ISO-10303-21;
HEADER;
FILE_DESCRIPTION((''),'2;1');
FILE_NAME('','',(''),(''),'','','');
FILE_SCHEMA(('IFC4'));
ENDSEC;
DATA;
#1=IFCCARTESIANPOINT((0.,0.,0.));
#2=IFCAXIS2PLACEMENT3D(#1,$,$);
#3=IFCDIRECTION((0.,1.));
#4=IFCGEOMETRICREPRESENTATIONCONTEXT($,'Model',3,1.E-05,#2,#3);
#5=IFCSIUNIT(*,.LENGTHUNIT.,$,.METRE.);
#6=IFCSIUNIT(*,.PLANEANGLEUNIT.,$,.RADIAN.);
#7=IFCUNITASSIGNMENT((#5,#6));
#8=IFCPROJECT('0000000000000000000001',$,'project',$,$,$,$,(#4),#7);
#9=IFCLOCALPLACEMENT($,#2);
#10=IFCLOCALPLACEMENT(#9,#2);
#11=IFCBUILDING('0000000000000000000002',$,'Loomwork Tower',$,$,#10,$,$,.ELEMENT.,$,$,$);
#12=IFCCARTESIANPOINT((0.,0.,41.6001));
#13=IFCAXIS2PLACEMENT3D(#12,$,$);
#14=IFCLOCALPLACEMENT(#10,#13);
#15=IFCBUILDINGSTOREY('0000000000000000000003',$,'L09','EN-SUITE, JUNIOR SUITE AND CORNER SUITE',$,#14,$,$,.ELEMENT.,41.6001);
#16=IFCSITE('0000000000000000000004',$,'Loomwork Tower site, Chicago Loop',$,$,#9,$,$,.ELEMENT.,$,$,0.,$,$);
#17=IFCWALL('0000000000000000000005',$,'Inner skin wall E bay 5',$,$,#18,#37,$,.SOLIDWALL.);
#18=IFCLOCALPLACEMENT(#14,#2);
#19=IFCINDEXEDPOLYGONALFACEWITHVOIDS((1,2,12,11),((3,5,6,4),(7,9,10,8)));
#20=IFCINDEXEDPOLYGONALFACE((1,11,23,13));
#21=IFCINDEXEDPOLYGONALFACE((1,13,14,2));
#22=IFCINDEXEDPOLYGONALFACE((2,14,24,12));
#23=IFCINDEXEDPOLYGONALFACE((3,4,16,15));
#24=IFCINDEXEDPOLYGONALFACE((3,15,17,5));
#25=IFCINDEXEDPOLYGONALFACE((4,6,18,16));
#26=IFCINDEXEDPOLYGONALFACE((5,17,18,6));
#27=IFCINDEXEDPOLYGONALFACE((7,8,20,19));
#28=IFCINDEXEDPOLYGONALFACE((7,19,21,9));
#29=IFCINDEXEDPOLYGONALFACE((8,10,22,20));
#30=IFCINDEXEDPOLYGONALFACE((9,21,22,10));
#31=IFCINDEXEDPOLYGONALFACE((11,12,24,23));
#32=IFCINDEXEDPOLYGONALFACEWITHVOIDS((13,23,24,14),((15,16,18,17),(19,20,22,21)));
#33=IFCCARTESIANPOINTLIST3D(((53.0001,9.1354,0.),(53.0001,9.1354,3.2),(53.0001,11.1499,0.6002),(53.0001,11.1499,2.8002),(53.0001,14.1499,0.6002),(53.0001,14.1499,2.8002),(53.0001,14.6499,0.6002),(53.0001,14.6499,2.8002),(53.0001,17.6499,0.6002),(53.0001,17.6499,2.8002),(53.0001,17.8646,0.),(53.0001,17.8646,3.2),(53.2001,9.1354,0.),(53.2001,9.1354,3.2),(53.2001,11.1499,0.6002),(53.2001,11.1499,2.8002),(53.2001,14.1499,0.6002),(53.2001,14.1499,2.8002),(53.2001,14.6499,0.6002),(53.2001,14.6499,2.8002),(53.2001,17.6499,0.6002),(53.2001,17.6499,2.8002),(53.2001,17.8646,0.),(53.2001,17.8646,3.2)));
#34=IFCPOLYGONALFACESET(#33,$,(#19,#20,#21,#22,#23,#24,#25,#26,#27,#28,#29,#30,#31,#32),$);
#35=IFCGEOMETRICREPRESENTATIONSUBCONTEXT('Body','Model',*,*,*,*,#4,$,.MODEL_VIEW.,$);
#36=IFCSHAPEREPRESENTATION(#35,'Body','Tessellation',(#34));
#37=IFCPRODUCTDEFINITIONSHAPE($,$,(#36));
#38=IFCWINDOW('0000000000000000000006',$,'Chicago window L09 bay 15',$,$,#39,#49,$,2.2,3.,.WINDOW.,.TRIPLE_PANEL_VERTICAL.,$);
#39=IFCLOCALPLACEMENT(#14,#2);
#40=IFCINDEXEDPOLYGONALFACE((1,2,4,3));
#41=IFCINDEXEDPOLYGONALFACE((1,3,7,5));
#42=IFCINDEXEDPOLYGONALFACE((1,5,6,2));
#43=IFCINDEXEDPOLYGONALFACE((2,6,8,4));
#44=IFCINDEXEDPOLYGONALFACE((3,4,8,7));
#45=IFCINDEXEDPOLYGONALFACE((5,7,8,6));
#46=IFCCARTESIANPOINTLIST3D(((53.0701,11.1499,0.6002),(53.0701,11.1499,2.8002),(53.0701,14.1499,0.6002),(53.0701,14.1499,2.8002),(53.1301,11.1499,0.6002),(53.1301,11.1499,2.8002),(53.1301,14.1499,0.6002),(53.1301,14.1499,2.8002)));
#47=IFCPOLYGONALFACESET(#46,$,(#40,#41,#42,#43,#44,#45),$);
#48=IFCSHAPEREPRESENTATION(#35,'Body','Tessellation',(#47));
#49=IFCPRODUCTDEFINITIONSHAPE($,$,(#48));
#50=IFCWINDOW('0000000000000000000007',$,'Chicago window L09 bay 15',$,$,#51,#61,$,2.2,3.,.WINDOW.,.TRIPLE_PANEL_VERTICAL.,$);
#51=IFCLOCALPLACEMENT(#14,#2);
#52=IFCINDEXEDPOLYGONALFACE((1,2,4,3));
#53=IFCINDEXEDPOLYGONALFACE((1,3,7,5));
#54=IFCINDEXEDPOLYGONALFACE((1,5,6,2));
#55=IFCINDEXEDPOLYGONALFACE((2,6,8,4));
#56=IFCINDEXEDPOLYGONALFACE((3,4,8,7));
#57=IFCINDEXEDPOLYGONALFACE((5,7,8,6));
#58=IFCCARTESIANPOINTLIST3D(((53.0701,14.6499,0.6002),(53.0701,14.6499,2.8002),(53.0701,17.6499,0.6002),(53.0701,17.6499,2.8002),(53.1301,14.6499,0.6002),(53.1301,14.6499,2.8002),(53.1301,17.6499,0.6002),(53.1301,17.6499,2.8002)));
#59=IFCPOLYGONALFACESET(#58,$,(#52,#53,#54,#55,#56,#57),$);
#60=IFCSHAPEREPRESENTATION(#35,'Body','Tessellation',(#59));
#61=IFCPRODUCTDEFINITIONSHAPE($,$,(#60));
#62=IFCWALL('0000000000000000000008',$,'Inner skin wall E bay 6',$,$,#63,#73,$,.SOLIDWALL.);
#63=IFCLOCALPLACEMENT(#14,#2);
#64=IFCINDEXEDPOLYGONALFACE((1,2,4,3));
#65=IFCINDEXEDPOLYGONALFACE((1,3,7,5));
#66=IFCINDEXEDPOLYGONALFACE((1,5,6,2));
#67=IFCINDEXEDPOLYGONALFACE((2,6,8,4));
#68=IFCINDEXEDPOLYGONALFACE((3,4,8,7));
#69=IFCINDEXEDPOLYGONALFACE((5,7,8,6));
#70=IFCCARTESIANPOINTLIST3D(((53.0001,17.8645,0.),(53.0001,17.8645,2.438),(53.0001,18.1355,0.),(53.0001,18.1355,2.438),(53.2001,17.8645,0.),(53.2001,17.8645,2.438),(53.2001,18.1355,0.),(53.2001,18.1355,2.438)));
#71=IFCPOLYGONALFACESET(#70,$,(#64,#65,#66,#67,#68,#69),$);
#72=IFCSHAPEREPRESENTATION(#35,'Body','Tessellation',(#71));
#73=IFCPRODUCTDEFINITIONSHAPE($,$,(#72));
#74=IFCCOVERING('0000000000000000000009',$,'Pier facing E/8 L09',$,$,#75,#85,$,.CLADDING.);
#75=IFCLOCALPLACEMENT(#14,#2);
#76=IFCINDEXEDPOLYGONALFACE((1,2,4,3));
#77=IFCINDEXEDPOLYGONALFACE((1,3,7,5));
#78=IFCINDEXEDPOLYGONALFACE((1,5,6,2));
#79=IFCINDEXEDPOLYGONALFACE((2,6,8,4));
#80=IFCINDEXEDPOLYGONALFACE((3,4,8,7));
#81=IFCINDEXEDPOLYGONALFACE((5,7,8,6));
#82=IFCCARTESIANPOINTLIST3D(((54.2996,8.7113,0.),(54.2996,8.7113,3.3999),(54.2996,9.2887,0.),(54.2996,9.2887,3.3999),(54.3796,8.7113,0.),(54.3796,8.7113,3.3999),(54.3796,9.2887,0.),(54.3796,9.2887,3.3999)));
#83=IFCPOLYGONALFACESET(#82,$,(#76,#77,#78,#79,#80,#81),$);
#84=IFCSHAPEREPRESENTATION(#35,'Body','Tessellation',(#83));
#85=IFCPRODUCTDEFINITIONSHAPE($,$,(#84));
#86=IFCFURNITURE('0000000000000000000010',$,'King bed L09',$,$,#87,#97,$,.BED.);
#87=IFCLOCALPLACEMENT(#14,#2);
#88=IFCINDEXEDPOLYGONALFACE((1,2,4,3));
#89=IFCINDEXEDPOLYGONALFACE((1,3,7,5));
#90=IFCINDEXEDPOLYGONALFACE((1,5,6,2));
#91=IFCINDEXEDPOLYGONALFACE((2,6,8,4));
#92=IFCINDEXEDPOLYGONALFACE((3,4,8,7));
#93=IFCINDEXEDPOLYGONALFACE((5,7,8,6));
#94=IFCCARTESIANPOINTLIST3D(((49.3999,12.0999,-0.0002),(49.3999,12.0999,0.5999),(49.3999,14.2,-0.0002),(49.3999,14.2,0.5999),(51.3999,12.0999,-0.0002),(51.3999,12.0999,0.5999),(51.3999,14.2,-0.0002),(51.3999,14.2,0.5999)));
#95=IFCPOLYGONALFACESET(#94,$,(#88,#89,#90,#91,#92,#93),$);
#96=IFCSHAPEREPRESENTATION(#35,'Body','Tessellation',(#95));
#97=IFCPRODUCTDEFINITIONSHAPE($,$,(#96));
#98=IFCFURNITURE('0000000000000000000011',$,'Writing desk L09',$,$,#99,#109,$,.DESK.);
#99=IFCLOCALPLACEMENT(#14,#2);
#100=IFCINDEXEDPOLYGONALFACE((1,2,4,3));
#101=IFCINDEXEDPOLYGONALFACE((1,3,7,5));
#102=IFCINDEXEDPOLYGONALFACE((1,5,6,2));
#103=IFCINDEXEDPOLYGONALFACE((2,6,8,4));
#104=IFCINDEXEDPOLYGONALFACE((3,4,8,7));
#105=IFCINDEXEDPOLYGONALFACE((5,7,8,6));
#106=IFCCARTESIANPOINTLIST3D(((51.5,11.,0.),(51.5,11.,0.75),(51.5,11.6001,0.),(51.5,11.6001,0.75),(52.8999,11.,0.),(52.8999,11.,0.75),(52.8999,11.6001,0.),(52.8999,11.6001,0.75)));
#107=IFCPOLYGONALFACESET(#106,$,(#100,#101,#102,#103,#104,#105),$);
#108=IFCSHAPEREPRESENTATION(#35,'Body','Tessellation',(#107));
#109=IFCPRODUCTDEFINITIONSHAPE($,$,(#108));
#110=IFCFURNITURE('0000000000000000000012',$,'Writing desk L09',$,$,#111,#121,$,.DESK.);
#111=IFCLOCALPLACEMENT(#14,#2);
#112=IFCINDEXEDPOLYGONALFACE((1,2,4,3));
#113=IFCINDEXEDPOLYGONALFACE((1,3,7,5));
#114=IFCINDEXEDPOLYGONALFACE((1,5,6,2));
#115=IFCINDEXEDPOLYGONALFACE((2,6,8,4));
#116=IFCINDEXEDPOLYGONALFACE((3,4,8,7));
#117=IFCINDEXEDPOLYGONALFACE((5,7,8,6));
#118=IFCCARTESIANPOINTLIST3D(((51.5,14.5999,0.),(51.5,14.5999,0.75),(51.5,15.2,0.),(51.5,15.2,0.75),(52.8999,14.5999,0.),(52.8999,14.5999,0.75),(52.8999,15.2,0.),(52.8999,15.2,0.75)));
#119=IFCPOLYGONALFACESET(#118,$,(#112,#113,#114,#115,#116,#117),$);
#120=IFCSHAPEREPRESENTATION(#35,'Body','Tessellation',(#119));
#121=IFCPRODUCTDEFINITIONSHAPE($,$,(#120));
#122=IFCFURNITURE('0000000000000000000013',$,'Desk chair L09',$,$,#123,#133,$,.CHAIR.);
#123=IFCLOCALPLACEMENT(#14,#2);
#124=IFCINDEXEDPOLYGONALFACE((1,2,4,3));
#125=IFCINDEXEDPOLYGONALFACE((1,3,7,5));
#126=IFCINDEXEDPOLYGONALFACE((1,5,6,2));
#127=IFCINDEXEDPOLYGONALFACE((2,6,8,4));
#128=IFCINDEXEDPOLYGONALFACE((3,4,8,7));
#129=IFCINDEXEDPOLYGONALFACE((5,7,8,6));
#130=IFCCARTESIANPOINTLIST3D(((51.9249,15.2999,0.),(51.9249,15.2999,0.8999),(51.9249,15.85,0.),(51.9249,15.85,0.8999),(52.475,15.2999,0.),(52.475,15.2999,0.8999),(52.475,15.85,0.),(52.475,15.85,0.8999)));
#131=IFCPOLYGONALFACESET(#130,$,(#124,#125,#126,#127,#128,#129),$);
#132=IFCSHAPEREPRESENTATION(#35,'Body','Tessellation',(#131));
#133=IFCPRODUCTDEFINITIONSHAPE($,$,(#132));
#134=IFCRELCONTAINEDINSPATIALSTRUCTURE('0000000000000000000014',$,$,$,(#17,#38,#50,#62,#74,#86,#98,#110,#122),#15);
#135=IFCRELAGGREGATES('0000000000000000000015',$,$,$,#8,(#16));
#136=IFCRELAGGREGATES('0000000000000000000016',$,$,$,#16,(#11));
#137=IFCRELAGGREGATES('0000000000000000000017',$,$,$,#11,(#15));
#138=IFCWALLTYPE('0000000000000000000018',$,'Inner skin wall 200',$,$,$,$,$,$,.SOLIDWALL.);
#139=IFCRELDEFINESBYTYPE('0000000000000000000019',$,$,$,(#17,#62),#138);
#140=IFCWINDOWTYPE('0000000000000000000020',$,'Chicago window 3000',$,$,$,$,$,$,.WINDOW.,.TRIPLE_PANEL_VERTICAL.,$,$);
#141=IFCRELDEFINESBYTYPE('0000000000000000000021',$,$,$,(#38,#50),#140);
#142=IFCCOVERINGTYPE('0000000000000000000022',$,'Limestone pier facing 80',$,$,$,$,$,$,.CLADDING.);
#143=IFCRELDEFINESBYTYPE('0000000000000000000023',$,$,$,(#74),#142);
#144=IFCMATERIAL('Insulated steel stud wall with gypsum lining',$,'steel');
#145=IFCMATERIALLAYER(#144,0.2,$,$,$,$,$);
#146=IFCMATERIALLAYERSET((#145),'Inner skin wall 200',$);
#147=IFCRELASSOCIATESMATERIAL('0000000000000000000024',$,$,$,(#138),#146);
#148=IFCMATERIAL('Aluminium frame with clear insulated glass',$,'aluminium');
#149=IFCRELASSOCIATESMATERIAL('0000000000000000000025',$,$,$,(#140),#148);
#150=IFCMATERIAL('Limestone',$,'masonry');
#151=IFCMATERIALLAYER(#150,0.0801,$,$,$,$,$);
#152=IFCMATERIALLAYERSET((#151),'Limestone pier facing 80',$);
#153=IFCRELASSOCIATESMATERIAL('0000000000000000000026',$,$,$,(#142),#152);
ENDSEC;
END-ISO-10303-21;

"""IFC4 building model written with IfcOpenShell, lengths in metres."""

from ifc_helpers import new_model, si_unit, direction, frame, frame_2d, origin, origin_2d, place, context, subcontext, project, spatial, rectangle, extrude, material, layer, layer_set, type_object, element, fill, save


model = new_model("IFC4")

# Units and contexts
model_context = context("Model", 3, precision=1e-05, world=origin(), true_north=direction((0.0, 1.0)))
body_context = subcontext(model_context, "Body", "Model", "MODEL_VIEW")
ifc_project = project(units=[si_unit("LENGTHUNIT", "METRE"), si_unit("PLANEANGLEUNIT", "RADIAN")], contexts=[model_context])

# Site, building, storey
site_placement = place(None, origin())
site = spatial("IfcSite", under=ifc_project, at=site_placement, Name="Loomwork Tower site, Chicago Loop", CompositionType="ELEMENT", RefElevation=0.0)
building_placement = place(site_placement, origin())
building = spatial("IfcBuilding", under=site, at=building_placement, Name="Loomwork Tower", CompositionType="ELEMENT")
storey_placement = place(building_placement, frame((0.0, 0.0, 41.6001)))
storey = spatial("IfcBuildingStorey", under=building, at=storey_placement, Name="L09", Description="EN-SUITE, JUNIOR SUITE AND CORNER SUITE", CompositionType="ELEMENT", Elevation=41.6001)

# Shared definitions
ifc_material_1 = material(Name="Insulated steel stud wall with gypsum lining", Category="steel")
ifc_layer_1 = layer(ifc_material_1, 0.2)
ifc_layer_set_1 = layer_set([ifc_layer_1], Name="Inner skin wall 200")
wall_type = type_object("IfcWallType", Name="Inner skin wall 200", PredefinedType="SOLIDWALL", material=ifc_layer_set_1)

# Wall, openings, windows
wall_1_placement = place(storey_placement, frame((53.1001, 9.1353, 0.0), z_axis=(0.0, 0.0, 1.0), x_axis=(0.0, 1.0, 0.0)))
wall_1 = element("IfcWall", 1, at=wall_1_placement, inside=storey, type_object=wall_type, Name="Inner skin wall E bay 5", PredefinedType="SOLIDWALL", context=body_context, shape_type="SweptSolid", body=[
    extrude(rectangle(XDim=8.7292, YDim=0.2, at=frame_2d((4.3647, 0.0))), origin(), (0.0, 0.0, 1.0), 3.2),
])
opening_1_placement = place(wall_1_placement, frame((2.0146, 0.0, 0.6001)))
opening_1 = element("IfcOpeningElement", 2, at=opening_1_placement, cuts=wall_1, PredefinedType="OPENING", context=body_context, shape_type="SweptSolid", body=[
    extrude(rectangle(XDim=3.0, YDim=2.2, at=frame_2d((1.5, 1.1001))), frame((0.0, 0.1099, 0.0), z_axis=(0.0, -1.0, 0.0), x_axis=(1.0, 0.0, 0.0)), (0.0, 0.0, 1.0), 0.22),
])
opening_2_placement = place(wall_1_placement, frame((5.5146, 0.0, 0.6001)))
opening_2 = element("IfcOpeningElement", 3, at=opening_2_placement, cuts=wall_1, PredefinedType="OPENING", context=body_context, shape_type="SweptSolid", body=[
    extrude(rectangle(XDim=3.0, YDim=2.2, at=frame_2d((1.5, 1.1001))), frame((0.0, 0.1099, 0.0), z_axis=(0.0, -1.0, 0.0), x_axis=(1.0, 0.0, 0.0)), (0.0, 0.0, 1.0), 0.22),
])
ifc_material_2 = material(Name="Aluminium frame with clear insulated glass", Category="aluminium")
window_type = type_object("IfcWindowType", Name="Chicago window 3000", PartitioningType="TRIPLE_PANEL_VERTICAL", PredefinedType="WINDOW", material=ifc_material_2)
window_1_placement = place(opening_1_placement, origin())
window_1 = element("IfcWindow", 4, at=window_1_placement, inside=storey, type_object=window_type, Name="Chicago window L09 bay 15", OverallHeight=2.2, OverallWidth=3.0, PartitioningType="TRIPLE_PANEL_VERTICAL", PredefinedType="WINDOW", context=body_context, shape_type="SweptSolid", body=[
    extrude(rectangle(XDim=3.0, YDim=2.2, at=frame_2d((1.5, 1.1001))), frame((0.0, 0.03, 0.0), z_axis=(0.0, -1.0, 0.0), x_axis=(1.0, 0.0, 0.0)), (0.0, 0.0, 1.0), 0.0601),
])
fill(opening_1, window_1)
window_2_placement = place(opening_2_placement, origin())
window_2 = element("IfcWindow", 5, at=window_2_placement, inside=storey, type_object=window_type, Name="Chicago window L09 bay 15", OverallHeight=2.2, OverallWidth=3.0, PartitioningType="TRIPLE_PANEL_VERTICAL", PredefinedType="WINDOW", context=body_context, shape_type="SweptSolid", body=[
    extrude(rectangle(XDim=3.0, YDim=2.2, at=frame_2d((1.5, 1.1001))), frame((0.0, 0.03, 0.0), z_axis=(0.0, -1.0, 0.0), x_axis=(1.0, 0.0, 0.0)), (0.0, 0.0, 1.0), 0.0601),
])
fill(opening_2, window_2)

# Wall
wall_2_placement = place(storey_placement, frame((53.1001, 17.8645, 0.0), z_axis=(0.0, 0.0, 1.0), x_axis=(0.0, 1.0, 0.0)))
element("IfcWall", 6, at=wall_2_placement, inside=storey, type_object=wall_type, Name="Inner skin wall E bay 6", PredefinedType="SOLIDWALL", context=body_context, shape_type="SweptSolid", body=[
    extrude(rectangle(XDim=0.271, YDim=0.2, at=frame_2d((0.1355, 0.0))), origin(), (0.0, 0.0, 1.0), 2.438),
])

# Covering
ifc_material_3 = material(Name="Limestone", Category="masonry")
ifc_layer_2 = layer(ifc_material_3, 0.0801)
ifc_layer_set_2 = layer_set([ifc_layer_2], Name="Limestone pier facing 80")
covering_type = type_object("IfcCoveringType", Name="Limestone pier facing 80", PredefinedType="CLADDING", material=ifc_layer_set_2)
covering_placement = place(storey_placement, frame((54.3396, 9.0, 0.0), z_axis=(0.0, 0.0, 1.0), x_axis=(1.0, 0.0, 0.0)))
element("IfcCovering", 7, at=covering_placement, inside=storey, type_object=covering_type, Name="Pier facing E/8 L09", PredefinedType="CLADDING", context=body_context, shape_type="SweptSolid", body=[
    extrude(rectangle(XDim=0.0801, YDim=0.5774, at=origin_2d()), origin(), (0.0, 0.0, 1.0), 3.3999),
])

# Furniture
furniture_1_placement = place(storey_placement, frame((50.3999, 13.1499, -0.0002), z_axis=(0.0, 0.0, 1.0), x_axis=(1.0, 0.0, 0.0)))
element("IfcFurniture", 8, at=furniture_1_placement, inside=storey, Name="King bed L09", PredefinedType="BED", context=body_context, shape_type="SweptSolid", body=[
    extrude(rectangle(XDim=2.0, YDim=2.1001, at=origin_2d()), origin(), (0.0, 0.0, 1.0), 0.6001),
])
for number, where, z_axis, x_axis, name in (
    (9, (52.2, 11.3, 0.0), (0.0, 0.0, 1.0), (1.0, 0.0, 0.0), "Writing desk L09"),
    (10, (52.2, 14.8999, 0.0), (0.0, 0.0, 1.0), (1.0, 0.0, 0.0), "Writing desk L09"),
):
    element("IfcFurniture", number, at=place(storey_placement, frame(where, z_axis=z_axis, x_axis=x_axis)), inside=storey, Name=name, PredefinedType="DESK", context=body_context, shape_type="SweptSolid", body=[
        extrude(rectangle(XDim=1.3999, YDim=0.6001, at=origin_2d()), origin(), (0.0, 0.0, 1.0), 0.75),
    ])
furniture_2_placement = place(storey_placement, frame((52.2, 15.575, 0.0), z_axis=(0.0, 0.0, 1.0), x_axis=(1.0, 0.0, 0.0)))
element("IfcFurniture", 11, at=furniture_2_placement, inside=storey, Name="Desk chair L09", PredefinedType="CHAIR", context=body_context, shape_type="SweptSolid", body=[
    extrude(rectangle(XDim=0.55, YDim=0.55, at=origin_2d()), origin(), (0.0, 0.0, 1.0), 0.8999),
])

save(model, "model.ifc")
